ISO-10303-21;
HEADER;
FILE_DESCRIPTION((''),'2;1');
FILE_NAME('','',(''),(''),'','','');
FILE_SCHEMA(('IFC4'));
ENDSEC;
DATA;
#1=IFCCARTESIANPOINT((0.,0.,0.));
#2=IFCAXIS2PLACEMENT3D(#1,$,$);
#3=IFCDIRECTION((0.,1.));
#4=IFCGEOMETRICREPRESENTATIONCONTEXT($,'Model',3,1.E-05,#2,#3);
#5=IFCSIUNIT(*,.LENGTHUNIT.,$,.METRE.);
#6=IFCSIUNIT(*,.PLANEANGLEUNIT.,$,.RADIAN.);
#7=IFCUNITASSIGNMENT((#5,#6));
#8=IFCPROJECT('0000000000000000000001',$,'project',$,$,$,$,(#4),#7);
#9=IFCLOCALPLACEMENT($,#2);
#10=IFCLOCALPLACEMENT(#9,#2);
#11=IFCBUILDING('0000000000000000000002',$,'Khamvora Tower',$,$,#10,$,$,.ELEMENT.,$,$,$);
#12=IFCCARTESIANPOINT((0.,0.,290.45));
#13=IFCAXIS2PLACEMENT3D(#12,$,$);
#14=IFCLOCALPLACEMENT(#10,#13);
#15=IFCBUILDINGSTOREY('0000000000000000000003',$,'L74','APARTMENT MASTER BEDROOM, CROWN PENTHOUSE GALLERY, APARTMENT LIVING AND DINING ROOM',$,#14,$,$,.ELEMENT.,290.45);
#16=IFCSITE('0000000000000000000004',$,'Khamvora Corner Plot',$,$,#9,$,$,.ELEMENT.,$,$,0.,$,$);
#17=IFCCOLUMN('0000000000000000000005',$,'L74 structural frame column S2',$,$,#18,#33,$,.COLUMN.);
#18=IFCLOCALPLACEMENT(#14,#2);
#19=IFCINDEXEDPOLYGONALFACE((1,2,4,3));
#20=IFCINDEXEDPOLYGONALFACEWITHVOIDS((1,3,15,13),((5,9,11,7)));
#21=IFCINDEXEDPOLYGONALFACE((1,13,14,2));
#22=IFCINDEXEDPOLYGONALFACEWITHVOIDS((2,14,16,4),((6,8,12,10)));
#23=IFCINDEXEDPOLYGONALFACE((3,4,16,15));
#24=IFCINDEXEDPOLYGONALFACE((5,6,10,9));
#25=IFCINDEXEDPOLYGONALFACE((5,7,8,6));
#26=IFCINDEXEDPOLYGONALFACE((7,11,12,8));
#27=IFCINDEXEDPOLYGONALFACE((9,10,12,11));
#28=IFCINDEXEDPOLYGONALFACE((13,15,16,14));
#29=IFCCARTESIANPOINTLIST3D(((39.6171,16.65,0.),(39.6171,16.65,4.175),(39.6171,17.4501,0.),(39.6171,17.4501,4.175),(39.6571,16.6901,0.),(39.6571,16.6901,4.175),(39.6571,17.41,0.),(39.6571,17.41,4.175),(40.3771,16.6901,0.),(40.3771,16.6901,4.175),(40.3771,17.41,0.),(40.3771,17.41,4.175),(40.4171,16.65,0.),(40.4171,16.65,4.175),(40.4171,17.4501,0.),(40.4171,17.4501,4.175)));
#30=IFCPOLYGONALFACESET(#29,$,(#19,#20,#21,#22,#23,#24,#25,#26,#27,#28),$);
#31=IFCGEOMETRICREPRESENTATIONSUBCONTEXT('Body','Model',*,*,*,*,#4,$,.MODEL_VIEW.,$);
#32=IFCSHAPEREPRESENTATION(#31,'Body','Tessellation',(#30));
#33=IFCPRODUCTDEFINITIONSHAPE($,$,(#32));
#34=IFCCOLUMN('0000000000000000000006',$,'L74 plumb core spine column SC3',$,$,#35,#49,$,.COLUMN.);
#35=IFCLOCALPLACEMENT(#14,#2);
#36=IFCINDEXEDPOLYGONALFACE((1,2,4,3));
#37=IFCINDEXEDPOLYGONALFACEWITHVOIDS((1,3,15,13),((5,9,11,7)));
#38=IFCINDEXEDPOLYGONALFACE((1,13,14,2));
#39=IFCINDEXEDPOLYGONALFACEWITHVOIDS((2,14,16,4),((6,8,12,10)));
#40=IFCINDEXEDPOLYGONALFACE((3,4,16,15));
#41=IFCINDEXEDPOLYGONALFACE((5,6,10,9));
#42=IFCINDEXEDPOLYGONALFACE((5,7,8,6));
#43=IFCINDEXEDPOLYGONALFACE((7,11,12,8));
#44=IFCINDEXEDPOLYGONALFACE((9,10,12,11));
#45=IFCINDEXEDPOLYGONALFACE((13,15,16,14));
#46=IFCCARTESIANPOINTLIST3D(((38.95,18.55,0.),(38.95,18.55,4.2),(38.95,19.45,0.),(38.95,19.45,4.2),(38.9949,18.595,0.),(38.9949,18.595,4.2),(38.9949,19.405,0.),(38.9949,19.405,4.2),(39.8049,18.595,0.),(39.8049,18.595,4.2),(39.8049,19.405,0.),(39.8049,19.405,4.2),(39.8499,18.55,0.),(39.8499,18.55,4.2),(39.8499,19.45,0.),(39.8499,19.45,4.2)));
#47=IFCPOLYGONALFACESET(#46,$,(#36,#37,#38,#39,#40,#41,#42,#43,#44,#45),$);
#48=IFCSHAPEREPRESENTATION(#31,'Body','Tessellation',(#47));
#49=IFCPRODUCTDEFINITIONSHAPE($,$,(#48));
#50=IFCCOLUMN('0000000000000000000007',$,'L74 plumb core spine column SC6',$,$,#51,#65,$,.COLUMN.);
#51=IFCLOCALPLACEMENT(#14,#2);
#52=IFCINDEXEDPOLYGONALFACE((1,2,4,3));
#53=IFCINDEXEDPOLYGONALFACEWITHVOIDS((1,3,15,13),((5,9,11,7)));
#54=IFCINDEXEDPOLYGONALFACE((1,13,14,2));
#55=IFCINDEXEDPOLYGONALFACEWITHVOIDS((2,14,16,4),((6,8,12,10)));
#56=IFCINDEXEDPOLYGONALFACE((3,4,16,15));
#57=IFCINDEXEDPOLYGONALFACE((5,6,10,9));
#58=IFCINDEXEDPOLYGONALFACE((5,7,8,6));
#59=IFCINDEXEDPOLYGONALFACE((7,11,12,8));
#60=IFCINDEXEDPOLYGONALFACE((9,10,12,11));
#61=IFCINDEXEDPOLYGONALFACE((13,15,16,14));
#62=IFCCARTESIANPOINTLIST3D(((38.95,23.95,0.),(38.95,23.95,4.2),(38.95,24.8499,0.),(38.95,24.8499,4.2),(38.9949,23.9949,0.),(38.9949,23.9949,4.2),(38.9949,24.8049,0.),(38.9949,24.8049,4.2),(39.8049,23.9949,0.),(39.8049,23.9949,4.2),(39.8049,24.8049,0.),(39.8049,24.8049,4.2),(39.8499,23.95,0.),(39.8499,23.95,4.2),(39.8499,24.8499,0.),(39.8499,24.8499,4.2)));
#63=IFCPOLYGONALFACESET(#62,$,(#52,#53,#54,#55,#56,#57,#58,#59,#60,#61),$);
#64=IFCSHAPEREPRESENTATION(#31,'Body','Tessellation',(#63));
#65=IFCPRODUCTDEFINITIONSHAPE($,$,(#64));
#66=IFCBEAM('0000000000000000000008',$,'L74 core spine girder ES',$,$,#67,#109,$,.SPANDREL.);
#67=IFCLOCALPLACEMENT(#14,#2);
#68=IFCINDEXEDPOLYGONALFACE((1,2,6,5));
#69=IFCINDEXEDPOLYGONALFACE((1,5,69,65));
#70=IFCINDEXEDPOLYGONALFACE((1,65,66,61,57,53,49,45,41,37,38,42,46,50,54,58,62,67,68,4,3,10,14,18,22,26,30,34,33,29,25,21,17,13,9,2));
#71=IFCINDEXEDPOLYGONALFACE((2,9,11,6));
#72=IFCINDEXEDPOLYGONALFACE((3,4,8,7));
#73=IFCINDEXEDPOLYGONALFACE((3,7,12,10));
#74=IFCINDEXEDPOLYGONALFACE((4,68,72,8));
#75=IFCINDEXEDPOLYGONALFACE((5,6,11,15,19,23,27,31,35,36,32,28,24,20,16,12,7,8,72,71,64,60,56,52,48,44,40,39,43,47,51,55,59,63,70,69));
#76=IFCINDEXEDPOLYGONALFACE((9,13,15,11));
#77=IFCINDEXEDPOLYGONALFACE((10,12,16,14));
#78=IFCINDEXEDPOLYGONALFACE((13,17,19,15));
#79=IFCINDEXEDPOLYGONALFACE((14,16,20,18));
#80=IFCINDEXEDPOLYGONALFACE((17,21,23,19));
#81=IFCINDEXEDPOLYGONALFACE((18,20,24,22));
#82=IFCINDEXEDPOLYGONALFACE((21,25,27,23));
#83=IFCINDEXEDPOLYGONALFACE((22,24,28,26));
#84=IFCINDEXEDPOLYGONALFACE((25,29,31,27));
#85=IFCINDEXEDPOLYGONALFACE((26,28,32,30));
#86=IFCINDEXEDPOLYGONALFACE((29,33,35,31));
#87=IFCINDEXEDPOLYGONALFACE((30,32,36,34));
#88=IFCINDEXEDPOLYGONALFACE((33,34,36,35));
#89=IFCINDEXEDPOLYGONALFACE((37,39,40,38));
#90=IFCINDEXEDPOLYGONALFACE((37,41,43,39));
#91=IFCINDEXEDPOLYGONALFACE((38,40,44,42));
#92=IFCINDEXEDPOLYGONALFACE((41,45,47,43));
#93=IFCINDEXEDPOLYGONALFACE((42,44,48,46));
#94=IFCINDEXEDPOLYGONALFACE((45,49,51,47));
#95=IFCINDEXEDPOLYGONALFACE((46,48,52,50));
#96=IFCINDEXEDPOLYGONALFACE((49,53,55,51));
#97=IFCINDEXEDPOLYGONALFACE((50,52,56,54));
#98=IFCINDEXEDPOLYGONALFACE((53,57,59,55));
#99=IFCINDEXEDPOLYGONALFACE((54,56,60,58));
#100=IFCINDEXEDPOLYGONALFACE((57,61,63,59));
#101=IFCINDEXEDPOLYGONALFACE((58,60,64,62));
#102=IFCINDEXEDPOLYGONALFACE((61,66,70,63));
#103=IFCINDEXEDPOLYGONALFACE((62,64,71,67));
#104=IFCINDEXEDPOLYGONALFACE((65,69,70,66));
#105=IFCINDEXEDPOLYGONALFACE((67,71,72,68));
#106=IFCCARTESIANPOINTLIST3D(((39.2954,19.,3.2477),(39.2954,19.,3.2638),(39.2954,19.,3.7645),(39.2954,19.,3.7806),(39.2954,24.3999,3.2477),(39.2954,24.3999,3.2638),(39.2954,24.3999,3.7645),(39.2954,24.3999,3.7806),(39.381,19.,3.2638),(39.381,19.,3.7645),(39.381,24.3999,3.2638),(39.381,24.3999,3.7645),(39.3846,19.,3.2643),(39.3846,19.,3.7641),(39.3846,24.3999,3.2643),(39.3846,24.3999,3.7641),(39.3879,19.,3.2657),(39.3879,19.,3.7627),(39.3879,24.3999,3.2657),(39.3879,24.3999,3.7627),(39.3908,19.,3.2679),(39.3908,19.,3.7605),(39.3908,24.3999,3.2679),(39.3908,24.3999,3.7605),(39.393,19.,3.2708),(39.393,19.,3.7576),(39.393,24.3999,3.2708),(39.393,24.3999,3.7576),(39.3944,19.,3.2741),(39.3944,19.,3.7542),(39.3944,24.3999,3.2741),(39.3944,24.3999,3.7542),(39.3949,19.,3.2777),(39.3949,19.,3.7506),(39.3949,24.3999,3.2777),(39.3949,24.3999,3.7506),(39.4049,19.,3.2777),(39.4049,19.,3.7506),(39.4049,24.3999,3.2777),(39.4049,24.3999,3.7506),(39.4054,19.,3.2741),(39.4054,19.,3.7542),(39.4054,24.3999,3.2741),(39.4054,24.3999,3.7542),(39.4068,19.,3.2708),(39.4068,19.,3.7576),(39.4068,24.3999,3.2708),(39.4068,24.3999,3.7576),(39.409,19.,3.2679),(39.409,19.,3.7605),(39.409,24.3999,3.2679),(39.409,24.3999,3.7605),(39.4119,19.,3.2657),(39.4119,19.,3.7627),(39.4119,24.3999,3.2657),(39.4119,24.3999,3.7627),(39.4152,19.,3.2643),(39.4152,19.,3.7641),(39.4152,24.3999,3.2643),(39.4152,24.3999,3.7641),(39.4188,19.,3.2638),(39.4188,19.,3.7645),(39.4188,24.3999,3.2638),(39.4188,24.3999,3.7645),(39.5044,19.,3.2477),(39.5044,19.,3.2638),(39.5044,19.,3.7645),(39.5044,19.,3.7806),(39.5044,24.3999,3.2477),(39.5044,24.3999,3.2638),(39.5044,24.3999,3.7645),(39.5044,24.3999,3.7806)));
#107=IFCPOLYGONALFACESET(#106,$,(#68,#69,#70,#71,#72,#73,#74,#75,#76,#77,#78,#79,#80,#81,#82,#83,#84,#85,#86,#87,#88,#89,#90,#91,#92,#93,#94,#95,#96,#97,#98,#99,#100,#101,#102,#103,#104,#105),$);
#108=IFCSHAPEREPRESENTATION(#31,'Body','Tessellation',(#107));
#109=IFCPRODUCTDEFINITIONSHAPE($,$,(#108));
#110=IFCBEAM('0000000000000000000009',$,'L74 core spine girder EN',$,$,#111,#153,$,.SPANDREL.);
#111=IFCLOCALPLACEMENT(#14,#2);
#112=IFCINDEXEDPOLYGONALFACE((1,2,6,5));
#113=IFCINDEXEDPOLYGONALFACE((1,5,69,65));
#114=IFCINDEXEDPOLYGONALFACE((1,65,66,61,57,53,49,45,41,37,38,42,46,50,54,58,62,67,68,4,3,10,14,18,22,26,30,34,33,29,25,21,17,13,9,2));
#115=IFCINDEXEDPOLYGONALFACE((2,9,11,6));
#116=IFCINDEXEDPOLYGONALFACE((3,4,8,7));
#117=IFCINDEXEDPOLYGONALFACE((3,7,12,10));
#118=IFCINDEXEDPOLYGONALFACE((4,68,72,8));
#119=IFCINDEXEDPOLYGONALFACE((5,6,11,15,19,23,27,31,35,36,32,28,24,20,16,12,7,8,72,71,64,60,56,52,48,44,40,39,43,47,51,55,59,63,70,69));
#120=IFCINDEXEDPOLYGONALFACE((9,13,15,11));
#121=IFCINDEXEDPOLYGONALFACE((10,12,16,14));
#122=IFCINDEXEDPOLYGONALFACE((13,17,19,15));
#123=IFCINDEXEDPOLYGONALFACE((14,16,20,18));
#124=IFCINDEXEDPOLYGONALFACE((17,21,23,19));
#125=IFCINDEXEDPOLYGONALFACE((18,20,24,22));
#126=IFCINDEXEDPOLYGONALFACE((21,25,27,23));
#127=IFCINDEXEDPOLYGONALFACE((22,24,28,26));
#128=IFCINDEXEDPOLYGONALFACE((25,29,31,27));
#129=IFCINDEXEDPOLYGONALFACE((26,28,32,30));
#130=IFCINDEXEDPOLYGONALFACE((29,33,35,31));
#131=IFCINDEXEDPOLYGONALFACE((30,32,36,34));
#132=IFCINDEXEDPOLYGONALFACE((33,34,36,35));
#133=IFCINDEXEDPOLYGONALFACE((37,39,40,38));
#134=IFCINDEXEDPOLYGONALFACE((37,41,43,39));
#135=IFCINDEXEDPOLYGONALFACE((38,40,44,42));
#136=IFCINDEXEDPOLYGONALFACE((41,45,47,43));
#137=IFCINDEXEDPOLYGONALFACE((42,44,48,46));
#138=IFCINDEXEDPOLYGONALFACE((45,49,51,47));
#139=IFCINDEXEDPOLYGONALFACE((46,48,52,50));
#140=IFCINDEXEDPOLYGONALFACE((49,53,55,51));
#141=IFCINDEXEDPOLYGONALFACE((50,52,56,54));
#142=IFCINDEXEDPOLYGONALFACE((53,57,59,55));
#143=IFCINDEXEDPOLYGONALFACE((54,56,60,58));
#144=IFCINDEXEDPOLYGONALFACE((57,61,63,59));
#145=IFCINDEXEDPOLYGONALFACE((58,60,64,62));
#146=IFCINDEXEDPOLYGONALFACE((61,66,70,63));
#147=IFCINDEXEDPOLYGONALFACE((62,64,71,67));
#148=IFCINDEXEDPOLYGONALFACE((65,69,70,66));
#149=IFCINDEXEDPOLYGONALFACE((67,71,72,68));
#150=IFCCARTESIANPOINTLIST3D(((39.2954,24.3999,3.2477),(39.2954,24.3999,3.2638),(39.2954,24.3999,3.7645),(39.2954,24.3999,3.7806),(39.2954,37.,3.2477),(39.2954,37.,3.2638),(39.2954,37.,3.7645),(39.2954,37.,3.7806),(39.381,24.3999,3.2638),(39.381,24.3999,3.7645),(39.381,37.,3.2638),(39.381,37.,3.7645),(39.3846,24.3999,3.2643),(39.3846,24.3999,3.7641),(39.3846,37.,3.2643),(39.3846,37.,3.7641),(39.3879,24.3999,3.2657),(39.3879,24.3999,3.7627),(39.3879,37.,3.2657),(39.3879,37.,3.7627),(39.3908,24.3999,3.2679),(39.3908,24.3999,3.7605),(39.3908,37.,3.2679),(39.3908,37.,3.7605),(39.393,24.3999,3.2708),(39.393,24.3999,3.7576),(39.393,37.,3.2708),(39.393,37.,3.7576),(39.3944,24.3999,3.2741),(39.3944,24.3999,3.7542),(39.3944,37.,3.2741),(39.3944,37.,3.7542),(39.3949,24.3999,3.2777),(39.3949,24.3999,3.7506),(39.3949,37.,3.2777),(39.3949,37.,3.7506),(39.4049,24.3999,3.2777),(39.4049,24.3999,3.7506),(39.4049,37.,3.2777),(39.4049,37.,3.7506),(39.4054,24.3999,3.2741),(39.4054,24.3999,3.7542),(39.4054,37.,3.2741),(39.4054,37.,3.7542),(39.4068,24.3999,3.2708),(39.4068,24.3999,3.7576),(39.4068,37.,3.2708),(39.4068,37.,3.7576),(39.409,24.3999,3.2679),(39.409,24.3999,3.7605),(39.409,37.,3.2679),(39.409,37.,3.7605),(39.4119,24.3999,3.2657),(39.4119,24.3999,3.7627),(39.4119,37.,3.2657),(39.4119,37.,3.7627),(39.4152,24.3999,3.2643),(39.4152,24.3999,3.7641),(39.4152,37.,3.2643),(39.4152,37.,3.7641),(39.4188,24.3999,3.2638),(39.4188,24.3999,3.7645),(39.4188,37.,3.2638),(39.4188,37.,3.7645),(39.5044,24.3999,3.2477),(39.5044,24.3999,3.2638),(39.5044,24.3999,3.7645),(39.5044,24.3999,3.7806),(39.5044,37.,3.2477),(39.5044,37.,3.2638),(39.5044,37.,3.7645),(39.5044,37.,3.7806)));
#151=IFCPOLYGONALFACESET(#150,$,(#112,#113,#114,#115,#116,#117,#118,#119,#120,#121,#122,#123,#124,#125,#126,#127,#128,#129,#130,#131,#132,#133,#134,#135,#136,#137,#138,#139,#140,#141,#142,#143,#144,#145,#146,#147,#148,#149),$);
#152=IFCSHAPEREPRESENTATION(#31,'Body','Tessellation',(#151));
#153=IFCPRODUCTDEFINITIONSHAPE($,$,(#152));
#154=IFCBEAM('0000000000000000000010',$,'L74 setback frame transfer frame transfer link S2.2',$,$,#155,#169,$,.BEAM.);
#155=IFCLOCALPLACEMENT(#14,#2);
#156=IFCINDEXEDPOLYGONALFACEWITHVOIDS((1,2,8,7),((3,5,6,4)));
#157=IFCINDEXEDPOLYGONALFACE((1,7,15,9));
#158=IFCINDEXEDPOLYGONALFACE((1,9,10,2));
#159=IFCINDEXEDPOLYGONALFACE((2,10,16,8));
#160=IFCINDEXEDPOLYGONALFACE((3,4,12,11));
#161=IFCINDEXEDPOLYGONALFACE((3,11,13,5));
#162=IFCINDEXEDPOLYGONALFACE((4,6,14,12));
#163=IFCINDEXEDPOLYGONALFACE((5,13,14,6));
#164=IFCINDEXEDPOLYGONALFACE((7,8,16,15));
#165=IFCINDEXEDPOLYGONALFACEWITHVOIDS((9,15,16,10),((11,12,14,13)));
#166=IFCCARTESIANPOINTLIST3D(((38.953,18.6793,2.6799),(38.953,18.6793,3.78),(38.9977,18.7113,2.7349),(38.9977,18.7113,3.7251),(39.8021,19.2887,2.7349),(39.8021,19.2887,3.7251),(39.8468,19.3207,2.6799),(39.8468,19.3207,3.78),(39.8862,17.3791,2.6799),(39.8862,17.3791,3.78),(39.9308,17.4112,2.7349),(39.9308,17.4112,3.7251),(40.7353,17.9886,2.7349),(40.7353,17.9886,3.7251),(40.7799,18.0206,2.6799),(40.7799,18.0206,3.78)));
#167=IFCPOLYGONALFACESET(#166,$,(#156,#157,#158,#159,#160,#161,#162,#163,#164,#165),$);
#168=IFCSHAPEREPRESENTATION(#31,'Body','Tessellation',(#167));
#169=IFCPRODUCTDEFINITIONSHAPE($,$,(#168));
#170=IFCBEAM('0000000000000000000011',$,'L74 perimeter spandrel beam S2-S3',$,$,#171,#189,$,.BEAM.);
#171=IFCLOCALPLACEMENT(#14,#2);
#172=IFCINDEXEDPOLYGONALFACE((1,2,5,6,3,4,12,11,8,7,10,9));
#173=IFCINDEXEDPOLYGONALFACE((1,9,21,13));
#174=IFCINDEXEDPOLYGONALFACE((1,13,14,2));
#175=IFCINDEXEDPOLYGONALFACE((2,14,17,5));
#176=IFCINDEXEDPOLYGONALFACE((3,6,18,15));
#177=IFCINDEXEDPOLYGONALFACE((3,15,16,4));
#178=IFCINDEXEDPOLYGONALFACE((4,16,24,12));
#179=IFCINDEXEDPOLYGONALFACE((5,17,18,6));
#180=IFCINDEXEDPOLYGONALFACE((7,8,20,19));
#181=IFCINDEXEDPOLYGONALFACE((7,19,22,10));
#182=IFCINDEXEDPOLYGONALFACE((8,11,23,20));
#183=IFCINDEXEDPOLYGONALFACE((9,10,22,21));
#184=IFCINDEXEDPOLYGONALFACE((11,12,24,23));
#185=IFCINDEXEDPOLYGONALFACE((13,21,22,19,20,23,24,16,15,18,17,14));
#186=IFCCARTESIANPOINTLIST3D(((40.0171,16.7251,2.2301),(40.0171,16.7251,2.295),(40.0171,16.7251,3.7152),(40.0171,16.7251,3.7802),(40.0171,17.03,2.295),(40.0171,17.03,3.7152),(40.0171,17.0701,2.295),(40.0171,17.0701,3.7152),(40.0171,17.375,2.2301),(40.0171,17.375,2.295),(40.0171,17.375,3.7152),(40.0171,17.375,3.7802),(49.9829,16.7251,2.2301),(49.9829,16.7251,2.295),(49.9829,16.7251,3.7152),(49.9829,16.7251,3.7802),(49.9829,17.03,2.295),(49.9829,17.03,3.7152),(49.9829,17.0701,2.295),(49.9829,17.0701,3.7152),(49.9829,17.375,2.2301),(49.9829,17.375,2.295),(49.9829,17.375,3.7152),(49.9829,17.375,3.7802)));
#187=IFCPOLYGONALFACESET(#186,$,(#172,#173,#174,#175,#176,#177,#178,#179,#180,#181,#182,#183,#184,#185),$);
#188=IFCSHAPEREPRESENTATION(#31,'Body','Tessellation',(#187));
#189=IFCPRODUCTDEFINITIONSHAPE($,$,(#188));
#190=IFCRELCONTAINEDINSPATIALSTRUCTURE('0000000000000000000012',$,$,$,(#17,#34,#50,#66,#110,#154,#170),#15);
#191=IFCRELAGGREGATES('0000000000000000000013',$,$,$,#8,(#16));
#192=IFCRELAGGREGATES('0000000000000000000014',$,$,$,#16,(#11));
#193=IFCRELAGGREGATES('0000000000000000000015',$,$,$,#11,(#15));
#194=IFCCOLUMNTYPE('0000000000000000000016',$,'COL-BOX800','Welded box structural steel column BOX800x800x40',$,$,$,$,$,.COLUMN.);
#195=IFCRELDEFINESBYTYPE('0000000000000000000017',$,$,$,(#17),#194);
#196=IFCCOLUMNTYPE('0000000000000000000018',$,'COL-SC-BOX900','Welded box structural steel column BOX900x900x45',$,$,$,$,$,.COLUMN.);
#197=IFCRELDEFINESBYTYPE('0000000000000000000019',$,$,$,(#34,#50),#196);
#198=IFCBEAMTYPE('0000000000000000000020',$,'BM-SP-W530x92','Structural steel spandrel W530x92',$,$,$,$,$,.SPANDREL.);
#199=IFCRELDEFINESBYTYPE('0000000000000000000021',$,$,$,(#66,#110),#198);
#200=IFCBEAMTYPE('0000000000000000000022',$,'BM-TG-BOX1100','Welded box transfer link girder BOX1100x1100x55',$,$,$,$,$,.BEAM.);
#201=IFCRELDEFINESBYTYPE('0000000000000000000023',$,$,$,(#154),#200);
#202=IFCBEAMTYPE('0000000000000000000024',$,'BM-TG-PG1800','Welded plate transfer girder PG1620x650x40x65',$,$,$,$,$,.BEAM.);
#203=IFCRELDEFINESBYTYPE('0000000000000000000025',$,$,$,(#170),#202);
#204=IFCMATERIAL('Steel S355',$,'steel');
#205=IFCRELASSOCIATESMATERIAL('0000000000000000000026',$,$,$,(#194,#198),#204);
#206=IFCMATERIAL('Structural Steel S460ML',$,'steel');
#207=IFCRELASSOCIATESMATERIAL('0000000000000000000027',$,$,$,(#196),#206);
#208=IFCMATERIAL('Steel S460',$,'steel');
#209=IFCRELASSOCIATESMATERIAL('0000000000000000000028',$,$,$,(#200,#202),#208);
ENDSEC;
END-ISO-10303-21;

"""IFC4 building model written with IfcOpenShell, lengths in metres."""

from ifc_helpers import new_model, si_unit, direction, frame, origin, origin_2d, place, context, subcontext, project, spatial, hollow_rectangle, i_section, extrude, material, material_profile, profile_set, type_object, element, save


model = new_model("IFC4")

# Units and contexts
model_context = context("Model", 3, precision=1e-05, world=origin(), true_north=direction((0.0, 1.0)))
body_context = subcontext(model_context, "Body", "Model", "MODEL_VIEW")
ifc_project = project(units=[si_unit("LENGTHUNIT", "METRE"), si_unit("PLANEANGLEUNIT", "RADIAN")], contexts=[model_context])

# Site, building, storey
site_placement = place(None, origin())
site = spatial("IfcSite", under=ifc_project, at=site_placement, Name="Khamvora Corner Plot", CompositionType="ELEMENT", RefElevation=0.0)
building_placement = place(site_placement, origin())
building = spatial("IfcBuilding", under=site, at=building_placement, Name="Khamvora Tower", CompositionType="ELEMENT")
storey_placement = place(building_placement, frame((0.0, 0.0, 290.45)))
storey = spatial("IfcBuildingStorey", under=building, at=storey_placement, Name="L74", Description="APARTMENT MASTER BEDROOM, CROWN PENTHOUSE GALLERY, APARTMENT LIVING AND DINING ROOM", CompositionType="ELEMENT", Elevation=290.45)

# Columns
ifc_material_1 = material(Name="Steel S355", Category="steel")
ifc_material_profile_1 = material_profile(ifc_material_1, hollow_rectangle(XDim=0.8, YDim=0.8, WallThickness=0.04, at=origin_2d()), Name="BOX800x800x40")
ifc_profile_set_1 = profile_set([ifc_material_profile_1], Name="Steel S355")
column_type_1 = type_object("IfcColumnType", Name="COL-BOX800", Description="Welded box structural steel column BOX800x800x40", PredefinedType="COLUMN", material=ifc_profile_set_1)
column_placement = place(storey_placement, frame((40.0171, 17.05, 0.0), z_axis=(0.0, 0.0, 1.0), x_axis=(1.0, 0.0, 0.0)))
element("IfcColumn", 1, at=column_placement, inside=storey, type_object=column_type_1, Name="L74 structural frame column S2", PredefinedType="COLUMN", context=body_context, shape_type="SweptSolid", body=[
    extrude(hollow_rectangle(XDim=0.8, YDim=0.8, WallThickness=0.04, at=origin_2d()), origin(), (0.0, 0.0, 1.0), 4.175),
])
ifc_material_2 = material(Name="Structural Steel S460ML", Category="steel")
ifc_material_profile_2 = material_profile(ifc_material_2, hollow_rectangle(XDim=0.8999, YDim=0.8999, WallThickness=0.0449, at=origin_2d()), Name="BOX900x900x45")
ifc_profile_set_2 = profile_set([ifc_material_profile_2], Name="Structural Steel S460ML")
column_type_2 = type_object("IfcColumnType", Name="COL-SC-BOX900", Description="Welded box structural steel column BOX900x900x45", PredefinedType="COLUMN", material=ifc_profile_set_2)
for number, where, z_axis, x_axis, name in (
    (2, (39.3999, 19.0, 0.0), (0.0, 0.0, 1.0), (1.0, 0.0, 0.0), "L74 plumb core spine column SC3"),
    (3, (39.3999, 24.3999, 0.0), (0.0, 0.0, 1.0), (1.0, 0.0, 0.0), "L74 plumb core spine column SC6"),
):
    element("IfcColumn", number, at=place(storey_placement, frame(where, z_axis=z_axis, x_axis=x_axis)), inside=storey, type_object=column_type_2, Name=name, PredefinedType="COLUMN", context=body_context, shape_type="SweptSolid", body=[
        extrude(hollow_rectangle(XDim=0.8999, YDim=0.8999, WallThickness=0.0449, at=origin_2d()), origin(), (0.0, 0.0, 1.0), 4.2),
    ])

# Beams
ifc_material_profile_3 = material_profile(ifc_material_1, i_section(OverallWidth=0.209, OverallDepth=0.533, WebThickness=0.01, FlangeThickness=0.0161, FilletRadius=0.0139, at=origin_2d()), Name="W530x92")
ifc_profile_set_3 = profile_set([ifc_material_profile_3], Name="Steel S355")
beam_type_1 = type_object("IfcBeamType", Name="BM-SP-W530x92", Description="Structural steel spandrel W530x92", PredefinedType="SPANDREL", material=ifc_profile_set_3)
beam_1_placement = place(storey_placement, frame((39.3999, 19.0, 3.5142), z_axis=(0.0, 1.0, 0.0), x_axis=(-1.0, 0.0, 0.0)))
element("IfcBeam", 4, at=beam_1_placement, inside=storey, type_object=beam_type_1, Name="L74 core spine girder ES", PredefinedType="SPANDREL", context=body_context, shape_type="SweptSolid", body=[
    extrude(i_section(OverallWidth=0.209, OverallDepth=0.533, WebThickness=0.01, FlangeThickness=0.0161, FilletRadius=0.0139, at=origin_2d()), origin(), (0.0, 0.0, 1.0), 5.3999),
])
beam_2_placement = place(storey_placement, frame((39.3999, 24.3999, 3.5142), z_axis=(0.0, 1.0, 0.0), x_axis=(-1.0, 0.0, 0.0)))
element("IfcBeam", 5, at=beam_2_placement, inside=storey, type_object=beam_type_1, Name="L74 core spine girder EN", PredefinedType="SPANDREL", context=body_context, shape_type="SweptSolid", body=[
    extrude(i_section(OverallWidth=0.209, OverallDepth=0.533, WebThickness=0.01, FlangeThickness=0.0161, FilletRadius=0.0139, at=origin_2d()), origin(), (0.0, 0.0, 1.0), 12.6001),
])
ifc_material_3 = material(Name="Steel S460", Category="steel")
ifc_material_profile_4 = material_profile(ifc_material_3, hollow_rectangle(XDim=1.1001, YDim=1.1001, WallThickness=0.0549, at=origin_2d()), Name="BOX1100x1100x55")
ifc_profile_set_4 = profile_set([ifc_material_profile_4], Name="Steel S460")
beam_type_2 = type_object("IfcBeamType", Name="BM-TG-BOX1100", Description="Welded box transfer link girder BOX1100x1100x55", PredefinedType="BEAM", material=ifc_profile_set_4)
beam_3_placement = place(storey_placement, frame((39.3999, 19.0, 3.23), z_axis=(0.583098, -0.812402, 0.0), x_axis=(0.812402, 0.583098, 0.0)))
element("IfcBeam", 6, at=beam_3_placement, inside=storey, type_object=beam_type_2, Name="L74 setback frame transfer frame transfer link S2.2", PredefinedType="BEAM", context=body_context, shape_type="SweptSolid", body=[
    extrude(hollow_rectangle(XDim=1.1001, YDim=1.1001, WallThickness=0.0549, at=origin_2d()), origin(), (0.0, 0.0, 1.0), 1.6003),
])
ifc_material_profile_5 = material_profile(ifc_material_3, i_section(OverallWidth=0.6499, OverallDepth=1.55, WebThickness=0.04, FlangeThickness=0.0649, at=origin_2d()), Name="PG1550x650x40x65")
ifc_profile_set_5 = profile_set([ifc_material_profile_5], Name="Steel S460")
beam_type_3 = type_object("IfcBeamType", Name="BM-TG-PG1800", Description="Welded plate transfer girder PG1620x650x40x65", PredefinedType="BEAM", material=ifc_profile_set_5)
beam_4_placement = place(storey_placement, frame((40.0171, 17.05, 3.0051), z_axis=(1.0, 0.0, 0.0), x_axis=(0.0, 1.0, 0.0)))
element("IfcBeam", 7, at=beam_4_placement, inside=storey, type_object=beam_type_3, Name="L74 perimeter spandrel beam S2-S3", PredefinedType="BEAM", context=body_context, shape_type="SweptSolid", body=[
    extrude(i_section(OverallWidth=0.6499, OverallDepth=1.55, WebThickness=0.04, FlangeThickness=0.0649, at=origin_2d()), origin(), (0.0, 0.0, 1.0), 9.9658),
])

save(model, "model.ifc")
